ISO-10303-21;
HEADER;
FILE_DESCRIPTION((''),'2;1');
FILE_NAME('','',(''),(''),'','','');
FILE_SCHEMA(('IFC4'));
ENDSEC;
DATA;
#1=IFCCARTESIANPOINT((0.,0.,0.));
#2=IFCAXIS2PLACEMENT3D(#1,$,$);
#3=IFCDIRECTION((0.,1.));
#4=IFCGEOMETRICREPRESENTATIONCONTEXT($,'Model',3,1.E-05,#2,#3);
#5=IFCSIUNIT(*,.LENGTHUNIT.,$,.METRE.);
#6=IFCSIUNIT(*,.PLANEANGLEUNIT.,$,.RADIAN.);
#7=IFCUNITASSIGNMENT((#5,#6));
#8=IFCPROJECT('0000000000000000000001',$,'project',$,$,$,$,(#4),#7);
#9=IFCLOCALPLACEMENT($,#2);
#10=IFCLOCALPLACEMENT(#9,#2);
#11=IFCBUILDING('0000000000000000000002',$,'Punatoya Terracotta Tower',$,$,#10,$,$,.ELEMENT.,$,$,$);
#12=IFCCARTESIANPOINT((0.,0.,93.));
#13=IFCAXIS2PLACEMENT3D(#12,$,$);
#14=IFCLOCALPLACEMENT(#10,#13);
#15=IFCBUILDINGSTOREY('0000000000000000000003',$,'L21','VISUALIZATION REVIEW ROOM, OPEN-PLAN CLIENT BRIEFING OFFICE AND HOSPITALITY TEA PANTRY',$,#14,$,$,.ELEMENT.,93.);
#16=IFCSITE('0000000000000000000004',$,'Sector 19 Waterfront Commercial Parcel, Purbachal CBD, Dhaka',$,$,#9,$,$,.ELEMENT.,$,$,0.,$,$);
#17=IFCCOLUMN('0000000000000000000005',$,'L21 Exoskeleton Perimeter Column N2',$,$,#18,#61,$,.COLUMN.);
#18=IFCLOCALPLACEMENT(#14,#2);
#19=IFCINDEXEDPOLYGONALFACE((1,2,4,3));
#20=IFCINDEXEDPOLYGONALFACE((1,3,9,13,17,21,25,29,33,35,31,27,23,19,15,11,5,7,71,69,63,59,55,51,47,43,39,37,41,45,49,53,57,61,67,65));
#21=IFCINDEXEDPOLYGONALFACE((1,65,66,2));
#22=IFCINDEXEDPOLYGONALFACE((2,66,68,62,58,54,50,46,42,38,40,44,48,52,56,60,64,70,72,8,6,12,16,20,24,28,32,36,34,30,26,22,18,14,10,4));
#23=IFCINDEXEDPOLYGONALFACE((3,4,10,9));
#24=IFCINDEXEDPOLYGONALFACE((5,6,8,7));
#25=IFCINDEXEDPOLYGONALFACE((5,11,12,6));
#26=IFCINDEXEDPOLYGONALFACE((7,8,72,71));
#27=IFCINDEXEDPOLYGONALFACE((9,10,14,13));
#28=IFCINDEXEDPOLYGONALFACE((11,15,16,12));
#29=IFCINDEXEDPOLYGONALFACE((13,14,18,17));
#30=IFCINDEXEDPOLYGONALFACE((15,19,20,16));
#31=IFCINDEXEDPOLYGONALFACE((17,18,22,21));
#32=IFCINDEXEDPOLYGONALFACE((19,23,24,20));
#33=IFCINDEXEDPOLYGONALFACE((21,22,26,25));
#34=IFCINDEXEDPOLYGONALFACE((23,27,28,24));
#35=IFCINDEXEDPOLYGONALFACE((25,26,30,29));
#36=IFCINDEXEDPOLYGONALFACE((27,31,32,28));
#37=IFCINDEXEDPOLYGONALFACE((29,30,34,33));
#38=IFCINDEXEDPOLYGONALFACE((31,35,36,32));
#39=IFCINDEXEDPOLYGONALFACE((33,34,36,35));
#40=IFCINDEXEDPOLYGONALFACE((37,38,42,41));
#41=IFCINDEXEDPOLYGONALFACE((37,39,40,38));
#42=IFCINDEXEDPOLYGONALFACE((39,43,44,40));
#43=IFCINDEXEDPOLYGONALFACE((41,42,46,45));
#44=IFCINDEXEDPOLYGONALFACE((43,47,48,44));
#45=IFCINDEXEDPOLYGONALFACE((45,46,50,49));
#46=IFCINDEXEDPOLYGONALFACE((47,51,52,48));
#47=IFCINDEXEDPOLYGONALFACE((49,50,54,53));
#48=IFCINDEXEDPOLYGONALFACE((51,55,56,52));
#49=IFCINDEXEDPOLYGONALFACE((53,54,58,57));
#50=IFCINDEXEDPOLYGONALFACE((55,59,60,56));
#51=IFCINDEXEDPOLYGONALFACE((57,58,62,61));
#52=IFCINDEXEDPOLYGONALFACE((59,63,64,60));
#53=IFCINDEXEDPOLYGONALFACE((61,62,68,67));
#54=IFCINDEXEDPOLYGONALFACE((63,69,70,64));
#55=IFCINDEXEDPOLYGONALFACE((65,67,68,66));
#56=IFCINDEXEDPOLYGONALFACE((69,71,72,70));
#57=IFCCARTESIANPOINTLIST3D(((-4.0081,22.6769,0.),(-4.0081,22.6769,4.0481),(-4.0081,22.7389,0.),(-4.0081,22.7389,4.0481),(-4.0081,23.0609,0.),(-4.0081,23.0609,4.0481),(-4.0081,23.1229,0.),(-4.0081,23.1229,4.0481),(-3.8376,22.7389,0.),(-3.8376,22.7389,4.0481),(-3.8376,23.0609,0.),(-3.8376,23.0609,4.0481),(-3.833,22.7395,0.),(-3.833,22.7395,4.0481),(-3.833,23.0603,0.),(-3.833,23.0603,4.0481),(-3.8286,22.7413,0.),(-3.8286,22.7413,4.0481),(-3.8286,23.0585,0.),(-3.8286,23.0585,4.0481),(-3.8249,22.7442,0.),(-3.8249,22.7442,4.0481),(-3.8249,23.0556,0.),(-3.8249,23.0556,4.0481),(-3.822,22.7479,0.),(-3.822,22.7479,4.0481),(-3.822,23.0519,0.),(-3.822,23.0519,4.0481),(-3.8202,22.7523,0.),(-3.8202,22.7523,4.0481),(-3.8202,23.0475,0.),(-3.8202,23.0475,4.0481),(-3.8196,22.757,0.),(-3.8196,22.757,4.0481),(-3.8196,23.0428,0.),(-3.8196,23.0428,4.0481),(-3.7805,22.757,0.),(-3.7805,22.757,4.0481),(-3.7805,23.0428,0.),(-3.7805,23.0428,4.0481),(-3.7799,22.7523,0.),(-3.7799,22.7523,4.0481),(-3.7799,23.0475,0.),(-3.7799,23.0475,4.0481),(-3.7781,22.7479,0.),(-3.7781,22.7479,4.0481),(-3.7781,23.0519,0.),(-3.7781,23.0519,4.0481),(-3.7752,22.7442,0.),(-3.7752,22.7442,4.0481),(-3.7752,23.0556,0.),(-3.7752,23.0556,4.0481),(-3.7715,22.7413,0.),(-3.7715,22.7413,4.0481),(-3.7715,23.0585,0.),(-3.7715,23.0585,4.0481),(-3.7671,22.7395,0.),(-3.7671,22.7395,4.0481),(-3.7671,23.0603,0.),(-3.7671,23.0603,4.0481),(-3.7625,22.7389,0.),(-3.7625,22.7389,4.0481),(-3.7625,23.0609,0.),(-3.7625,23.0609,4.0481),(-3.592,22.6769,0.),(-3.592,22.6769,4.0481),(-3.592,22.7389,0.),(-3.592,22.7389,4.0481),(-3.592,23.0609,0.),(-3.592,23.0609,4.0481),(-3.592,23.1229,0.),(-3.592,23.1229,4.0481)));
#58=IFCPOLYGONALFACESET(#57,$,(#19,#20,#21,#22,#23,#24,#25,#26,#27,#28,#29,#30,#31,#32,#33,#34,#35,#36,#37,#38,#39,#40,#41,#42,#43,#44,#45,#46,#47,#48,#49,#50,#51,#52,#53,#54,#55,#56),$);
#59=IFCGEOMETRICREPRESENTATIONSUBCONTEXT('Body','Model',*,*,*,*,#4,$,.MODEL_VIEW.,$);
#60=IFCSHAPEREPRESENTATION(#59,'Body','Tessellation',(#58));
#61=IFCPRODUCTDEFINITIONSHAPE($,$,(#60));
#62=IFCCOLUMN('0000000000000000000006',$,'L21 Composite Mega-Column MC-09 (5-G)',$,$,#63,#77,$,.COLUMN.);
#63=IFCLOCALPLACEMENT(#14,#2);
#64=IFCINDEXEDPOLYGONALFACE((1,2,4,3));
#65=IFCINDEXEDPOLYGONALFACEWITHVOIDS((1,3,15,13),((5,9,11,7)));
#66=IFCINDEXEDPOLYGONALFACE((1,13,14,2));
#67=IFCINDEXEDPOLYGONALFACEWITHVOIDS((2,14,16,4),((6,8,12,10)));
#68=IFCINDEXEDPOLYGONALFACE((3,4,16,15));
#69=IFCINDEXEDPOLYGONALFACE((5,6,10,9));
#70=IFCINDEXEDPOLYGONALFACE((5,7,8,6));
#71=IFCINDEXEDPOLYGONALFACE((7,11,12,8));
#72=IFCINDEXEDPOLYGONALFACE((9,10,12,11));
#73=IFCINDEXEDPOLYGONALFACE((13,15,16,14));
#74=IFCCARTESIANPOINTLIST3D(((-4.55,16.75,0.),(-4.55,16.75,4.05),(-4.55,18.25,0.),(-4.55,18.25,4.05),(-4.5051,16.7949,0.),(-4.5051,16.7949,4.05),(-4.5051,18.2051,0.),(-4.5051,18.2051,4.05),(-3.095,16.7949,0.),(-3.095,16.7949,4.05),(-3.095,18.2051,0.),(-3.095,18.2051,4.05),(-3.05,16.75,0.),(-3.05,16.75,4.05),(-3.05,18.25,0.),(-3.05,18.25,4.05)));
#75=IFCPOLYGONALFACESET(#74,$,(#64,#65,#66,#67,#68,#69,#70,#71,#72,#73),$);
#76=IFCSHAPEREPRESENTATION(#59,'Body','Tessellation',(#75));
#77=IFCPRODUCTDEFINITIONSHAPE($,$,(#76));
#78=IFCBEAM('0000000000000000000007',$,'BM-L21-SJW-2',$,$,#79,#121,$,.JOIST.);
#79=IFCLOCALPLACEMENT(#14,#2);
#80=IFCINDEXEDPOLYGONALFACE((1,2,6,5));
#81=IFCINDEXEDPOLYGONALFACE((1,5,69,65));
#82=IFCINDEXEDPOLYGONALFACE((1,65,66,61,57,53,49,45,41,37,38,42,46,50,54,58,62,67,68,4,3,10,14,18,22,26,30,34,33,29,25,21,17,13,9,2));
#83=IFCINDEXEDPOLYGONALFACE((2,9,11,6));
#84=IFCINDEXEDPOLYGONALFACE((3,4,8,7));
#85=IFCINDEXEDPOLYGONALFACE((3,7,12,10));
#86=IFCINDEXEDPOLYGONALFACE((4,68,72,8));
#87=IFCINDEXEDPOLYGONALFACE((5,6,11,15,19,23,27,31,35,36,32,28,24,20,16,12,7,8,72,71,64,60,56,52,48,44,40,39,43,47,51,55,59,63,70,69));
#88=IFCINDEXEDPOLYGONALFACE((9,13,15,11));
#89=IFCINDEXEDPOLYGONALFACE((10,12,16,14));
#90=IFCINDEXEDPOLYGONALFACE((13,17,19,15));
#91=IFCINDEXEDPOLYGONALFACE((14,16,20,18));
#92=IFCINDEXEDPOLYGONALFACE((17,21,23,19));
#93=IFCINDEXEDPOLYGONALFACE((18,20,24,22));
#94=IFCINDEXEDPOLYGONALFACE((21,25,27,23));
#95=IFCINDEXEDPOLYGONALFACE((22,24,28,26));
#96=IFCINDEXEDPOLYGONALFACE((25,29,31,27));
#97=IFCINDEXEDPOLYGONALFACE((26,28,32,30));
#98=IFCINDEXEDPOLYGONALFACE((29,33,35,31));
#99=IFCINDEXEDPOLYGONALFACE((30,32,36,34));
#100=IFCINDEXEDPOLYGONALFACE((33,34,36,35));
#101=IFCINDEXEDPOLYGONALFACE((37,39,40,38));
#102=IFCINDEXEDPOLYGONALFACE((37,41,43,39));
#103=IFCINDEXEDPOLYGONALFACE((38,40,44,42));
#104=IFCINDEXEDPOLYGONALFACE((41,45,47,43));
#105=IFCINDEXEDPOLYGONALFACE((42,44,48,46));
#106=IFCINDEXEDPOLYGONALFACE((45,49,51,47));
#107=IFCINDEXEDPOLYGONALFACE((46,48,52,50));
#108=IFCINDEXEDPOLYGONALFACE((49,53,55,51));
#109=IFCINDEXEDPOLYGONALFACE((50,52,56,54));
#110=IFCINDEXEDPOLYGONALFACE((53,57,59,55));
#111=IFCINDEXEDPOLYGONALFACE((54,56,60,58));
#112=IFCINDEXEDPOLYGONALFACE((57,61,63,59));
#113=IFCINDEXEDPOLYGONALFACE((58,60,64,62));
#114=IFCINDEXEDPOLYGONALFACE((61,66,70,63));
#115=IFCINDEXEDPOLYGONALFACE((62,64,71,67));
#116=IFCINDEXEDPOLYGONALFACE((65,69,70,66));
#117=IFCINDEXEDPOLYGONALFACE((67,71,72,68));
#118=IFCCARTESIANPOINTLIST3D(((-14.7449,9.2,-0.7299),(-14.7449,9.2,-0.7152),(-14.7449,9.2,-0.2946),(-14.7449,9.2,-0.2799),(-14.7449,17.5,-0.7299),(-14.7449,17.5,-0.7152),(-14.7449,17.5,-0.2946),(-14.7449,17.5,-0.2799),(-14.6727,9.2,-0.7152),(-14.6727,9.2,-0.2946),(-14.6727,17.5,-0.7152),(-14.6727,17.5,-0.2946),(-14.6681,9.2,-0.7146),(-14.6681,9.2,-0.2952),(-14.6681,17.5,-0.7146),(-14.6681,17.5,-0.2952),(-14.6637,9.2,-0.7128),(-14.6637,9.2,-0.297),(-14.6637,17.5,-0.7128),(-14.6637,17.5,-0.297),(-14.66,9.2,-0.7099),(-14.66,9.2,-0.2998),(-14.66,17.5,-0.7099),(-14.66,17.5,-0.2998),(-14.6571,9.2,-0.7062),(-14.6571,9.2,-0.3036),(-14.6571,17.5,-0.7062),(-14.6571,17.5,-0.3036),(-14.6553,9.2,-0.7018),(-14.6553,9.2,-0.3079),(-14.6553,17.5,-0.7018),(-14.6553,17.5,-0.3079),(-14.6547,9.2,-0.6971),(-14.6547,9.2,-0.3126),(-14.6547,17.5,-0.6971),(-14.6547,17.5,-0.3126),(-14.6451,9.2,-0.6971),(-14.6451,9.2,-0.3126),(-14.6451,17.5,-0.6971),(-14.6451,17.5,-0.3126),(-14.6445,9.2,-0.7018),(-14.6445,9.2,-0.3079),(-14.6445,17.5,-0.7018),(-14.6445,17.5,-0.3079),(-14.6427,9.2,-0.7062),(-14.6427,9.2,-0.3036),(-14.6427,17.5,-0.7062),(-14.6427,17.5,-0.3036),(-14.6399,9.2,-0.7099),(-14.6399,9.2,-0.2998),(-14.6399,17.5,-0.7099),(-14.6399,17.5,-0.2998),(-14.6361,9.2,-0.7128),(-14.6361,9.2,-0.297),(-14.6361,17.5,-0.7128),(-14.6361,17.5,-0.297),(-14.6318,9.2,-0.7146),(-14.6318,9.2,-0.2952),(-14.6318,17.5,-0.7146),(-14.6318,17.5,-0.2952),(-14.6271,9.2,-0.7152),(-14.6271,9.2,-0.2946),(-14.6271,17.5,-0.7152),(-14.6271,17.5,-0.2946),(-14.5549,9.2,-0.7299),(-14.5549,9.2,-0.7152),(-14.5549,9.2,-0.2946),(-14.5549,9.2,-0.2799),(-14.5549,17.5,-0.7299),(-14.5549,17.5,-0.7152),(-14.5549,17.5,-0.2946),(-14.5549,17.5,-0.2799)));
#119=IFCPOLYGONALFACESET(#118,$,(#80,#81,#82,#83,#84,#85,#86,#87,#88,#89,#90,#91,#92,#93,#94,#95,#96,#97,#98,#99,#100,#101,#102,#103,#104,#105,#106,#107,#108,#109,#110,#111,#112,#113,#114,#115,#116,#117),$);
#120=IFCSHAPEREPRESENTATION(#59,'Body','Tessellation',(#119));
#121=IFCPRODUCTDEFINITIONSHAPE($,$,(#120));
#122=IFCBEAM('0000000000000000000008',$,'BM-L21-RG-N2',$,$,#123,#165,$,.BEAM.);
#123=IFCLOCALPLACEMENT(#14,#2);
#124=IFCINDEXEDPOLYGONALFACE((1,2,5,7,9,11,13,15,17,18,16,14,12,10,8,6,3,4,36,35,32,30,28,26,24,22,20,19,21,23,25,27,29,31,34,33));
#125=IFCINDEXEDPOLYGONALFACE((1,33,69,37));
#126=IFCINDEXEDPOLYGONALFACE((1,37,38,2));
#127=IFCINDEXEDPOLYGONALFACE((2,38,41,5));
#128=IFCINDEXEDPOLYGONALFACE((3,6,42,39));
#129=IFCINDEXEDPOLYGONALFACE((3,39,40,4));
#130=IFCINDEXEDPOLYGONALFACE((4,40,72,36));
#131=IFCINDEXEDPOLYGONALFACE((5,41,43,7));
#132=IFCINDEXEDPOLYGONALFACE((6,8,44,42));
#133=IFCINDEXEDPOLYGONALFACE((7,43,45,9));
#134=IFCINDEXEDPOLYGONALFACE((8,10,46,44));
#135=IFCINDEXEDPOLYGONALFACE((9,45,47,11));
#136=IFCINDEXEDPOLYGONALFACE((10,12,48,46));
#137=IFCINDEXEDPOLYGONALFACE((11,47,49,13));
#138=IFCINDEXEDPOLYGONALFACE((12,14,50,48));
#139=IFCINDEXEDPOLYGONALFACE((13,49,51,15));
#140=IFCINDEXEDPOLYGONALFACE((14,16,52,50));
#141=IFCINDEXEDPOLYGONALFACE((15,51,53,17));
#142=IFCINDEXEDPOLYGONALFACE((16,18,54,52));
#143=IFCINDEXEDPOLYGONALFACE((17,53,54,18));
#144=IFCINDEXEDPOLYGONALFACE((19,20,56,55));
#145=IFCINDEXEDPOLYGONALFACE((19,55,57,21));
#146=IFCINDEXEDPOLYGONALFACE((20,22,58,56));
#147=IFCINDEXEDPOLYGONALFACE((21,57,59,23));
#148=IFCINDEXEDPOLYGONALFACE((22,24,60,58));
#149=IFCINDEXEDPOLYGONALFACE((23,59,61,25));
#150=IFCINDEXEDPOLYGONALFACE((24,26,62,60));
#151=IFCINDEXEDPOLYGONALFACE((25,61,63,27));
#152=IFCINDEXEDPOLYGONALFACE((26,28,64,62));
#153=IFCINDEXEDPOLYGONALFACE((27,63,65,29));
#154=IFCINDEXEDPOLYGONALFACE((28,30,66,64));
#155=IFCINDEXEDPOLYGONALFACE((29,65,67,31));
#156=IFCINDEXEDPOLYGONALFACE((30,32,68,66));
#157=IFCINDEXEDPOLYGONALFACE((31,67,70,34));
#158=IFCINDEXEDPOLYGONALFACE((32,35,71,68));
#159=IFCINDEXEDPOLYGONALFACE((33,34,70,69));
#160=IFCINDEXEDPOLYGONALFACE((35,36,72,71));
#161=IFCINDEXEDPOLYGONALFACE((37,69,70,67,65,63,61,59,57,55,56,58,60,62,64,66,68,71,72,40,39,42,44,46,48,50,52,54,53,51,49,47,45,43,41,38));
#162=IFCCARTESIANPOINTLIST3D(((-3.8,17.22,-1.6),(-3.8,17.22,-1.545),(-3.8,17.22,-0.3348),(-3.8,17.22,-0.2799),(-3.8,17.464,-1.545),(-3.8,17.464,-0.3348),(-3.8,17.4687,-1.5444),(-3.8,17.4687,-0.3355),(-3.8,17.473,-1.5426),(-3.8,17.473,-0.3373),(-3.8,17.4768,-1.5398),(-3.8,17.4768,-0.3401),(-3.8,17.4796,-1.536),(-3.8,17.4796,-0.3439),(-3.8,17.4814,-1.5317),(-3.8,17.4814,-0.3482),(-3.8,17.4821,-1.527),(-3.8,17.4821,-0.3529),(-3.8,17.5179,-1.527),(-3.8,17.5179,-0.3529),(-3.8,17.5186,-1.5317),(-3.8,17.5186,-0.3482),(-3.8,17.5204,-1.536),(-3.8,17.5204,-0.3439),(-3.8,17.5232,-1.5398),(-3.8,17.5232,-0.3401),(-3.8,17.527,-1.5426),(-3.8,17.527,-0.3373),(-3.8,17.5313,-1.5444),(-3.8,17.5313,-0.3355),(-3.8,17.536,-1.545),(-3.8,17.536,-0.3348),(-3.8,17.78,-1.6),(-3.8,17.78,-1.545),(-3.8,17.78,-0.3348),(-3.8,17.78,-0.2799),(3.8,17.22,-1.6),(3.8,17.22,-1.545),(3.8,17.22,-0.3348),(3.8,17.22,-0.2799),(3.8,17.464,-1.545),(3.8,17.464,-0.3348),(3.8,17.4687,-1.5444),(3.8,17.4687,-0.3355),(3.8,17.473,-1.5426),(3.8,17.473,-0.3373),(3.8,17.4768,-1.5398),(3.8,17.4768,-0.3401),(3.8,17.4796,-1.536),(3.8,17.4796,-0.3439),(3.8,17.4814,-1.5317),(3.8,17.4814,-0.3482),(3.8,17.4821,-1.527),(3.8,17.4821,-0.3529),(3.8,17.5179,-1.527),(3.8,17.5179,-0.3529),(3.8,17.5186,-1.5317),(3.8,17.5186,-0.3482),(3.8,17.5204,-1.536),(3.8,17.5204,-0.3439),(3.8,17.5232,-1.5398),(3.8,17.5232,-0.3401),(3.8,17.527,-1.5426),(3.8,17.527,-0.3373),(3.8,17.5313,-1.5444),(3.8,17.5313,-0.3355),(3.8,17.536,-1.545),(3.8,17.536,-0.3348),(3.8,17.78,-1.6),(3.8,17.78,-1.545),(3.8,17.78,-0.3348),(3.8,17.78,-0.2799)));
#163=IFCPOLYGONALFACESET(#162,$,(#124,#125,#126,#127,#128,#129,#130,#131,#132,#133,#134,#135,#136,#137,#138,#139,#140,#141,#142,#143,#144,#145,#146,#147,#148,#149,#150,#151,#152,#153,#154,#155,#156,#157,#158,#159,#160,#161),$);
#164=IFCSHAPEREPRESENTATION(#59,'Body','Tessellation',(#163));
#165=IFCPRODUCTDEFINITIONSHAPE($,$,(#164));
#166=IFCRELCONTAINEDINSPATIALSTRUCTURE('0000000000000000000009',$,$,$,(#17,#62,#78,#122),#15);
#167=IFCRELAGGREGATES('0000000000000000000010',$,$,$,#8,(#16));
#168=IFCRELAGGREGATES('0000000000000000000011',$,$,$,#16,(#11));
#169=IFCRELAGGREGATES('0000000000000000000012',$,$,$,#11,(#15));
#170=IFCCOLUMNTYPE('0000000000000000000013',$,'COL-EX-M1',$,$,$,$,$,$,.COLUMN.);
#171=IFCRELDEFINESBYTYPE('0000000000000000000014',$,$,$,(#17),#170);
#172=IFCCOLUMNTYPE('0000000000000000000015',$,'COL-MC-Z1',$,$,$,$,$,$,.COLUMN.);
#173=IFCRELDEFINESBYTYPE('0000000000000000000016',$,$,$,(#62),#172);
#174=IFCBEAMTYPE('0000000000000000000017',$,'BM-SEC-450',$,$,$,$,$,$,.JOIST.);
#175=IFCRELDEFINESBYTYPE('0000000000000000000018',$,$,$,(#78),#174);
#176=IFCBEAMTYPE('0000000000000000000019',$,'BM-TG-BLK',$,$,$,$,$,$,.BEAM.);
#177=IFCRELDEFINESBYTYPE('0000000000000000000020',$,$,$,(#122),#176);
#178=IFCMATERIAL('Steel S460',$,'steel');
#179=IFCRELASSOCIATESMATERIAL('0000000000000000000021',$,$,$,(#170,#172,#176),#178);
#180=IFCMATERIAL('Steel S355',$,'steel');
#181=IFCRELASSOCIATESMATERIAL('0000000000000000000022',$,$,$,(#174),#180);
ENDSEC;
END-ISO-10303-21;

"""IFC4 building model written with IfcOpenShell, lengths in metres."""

from ifc_helpers import new_model, si_unit, direction, frame, origin, origin_2d, place, context, subcontext, project, spatial, hollow_rectangle, i_section, extrude, material, material_profile, profile_set, type_object, element, save


model = new_model("IFC4")

# Units and contexts
model_context = context("Model", 3, precision=1e-05, world=origin(), true_north=direction((0.0, 1.0)))
body_context = subcontext(model_context, "Body", "Model", "MODEL_VIEW")
ifc_project = project(units=[si_unit("LENGTHUNIT", "METRE"), si_unit("PLANEANGLEUNIT", "RADIAN")], contexts=[model_context])

# Site, building, storey
site_placement = place(None, origin())
site = spatial("IfcSite", under=ifc_project, at=site_placement, Name="Sector 19 Waterfront Commercial Parcel, Purbachal CBD, Dhaka", CompositionType="ELEMENT", RefElevation=0.0)
building_placement = place(site_placement, origin())
building = spatial("IfcBuilding", under=site, at=building_placement, Name="Punatoya Terracotta Tower", CompositionType="ELEMENT")
storey_placement = place(building_placement, frame((0.0, 0.0, 93.0)))
storey = spatial("IfcBuildingStorey", under=building, at=storey_placement, Name="L21", Description="VISUALIZATION REVIEW ROOM, OPEN-PLAN CLIENT BRIEFING OFFICE AND HOSPITALITY TEA PANTRY", CompositionType="ELEMENT", Elevation=93.0)

# Columns
ifc_material_1 = material(Name="Steel S460", Category="steel")
ifc_material_profile_1 = material_profile(ifc_material_1, i_section(OverallWidth=0.416, OverallDepth=0.446, WebThickness=0.0391, FlangeThickness=0.062, FilletRadius=0.0181, at=origin_2d()))
ifc_profile_set_1 = profile_set([ifc_material_profile_1], Name="Steel S460")
column_type_1 = type_object("IfcColumnType", Name="COL-EX-M1", PredefinedType="COLUMN", material=ifc_profile_set_1)
column_1_placement = place(storey_placement, frame((-3.8, 22.8999, 0.0), z_axis=(0.0, 0.0, 1.0), x_axis=(1.0, 0.0, 0.0)))
element("IfcColumn", 1, at=column_1_placement, inside=storey, type_object=column_type_1, Name="L21 Exoskeleton Perimeter Column N2", PredefinedType="COLUMN", context=body_context, shape_type="SweptSolid", body=[
    extrude(i_section(OverallWidth=0.416, OverallDepth=0.446, WebThickness=0.0391, FlangeThickness=0.062, FilletRadius=0.0181, at=origin_2d()), origin(), (0.0, 0.0, 1.0), 4.0481),
])
ifc_material_profile_2 = material_profile(ifc_material_1, hollow_rectangle(XDim=1.5, YDim=1.5, WallThickness=0.0449, at=origin_2d()))
ifc_profile_set_2 = profile_set([ifc_material_profile_2], Name="Steel S460")
column_type_2 = type_object("IfcColumnType", Name="COL-MC-Z1", PredefinedType="COLUMN", material=ifc_profile_set_2)
column_2_placement = place(storey_placement, frame((-3.8, 17.5, 0.0), z_axis=(0.0, 0.0, 1.0), x_axis=(1.0, 0.0, 0.0)))
element("IfcColumn", 2, at=column_2_placement, inside=storey, type_object=column_type_2, Name="L21 Composite Mega-Column MC-09 (5-G)", PredefinedType="COLUMN", context=body_context, shape_type="SweptSolid", body=[
    extrude(hollow_rectangle(XDim=1.5, YDim=1.5, WallThickness=0.0449, at=origin_2d()), origin(), (0.0, 0.0, 1.0), 4.05),
])

# Beams
ifc_material_2 = material(Name="Steel S355", Category="steel")
ifc_material_profile_3 = material_profile(ifc_material_2, i_section(OverallWidth=0.1899, OverallDepth=0.45, WebThickness=0.0095, FlangeThickness=0.0146, FilletRadius=0.0181, at=origin_2d()))
ifc_profile_set_3 = profile_set([ifc_material_profile_3], Name="Steel S355")
beam_type_1 = type_object("IfcBeamType", Name="BM-SEC-450", PredefinedType="JOIST", material=ifc_profile_set_3)
beam_1_placement = place(storey_placement, frame((-14.6499, 9.2, -0.5049), z_axis=(0.0, 1.0, 0.0), x_axis=(-1.0, 0.0, 0.0)))
element("IfcBeam", 3, at=beam_1_placement, inside=storey, type_object=beam_type_1, Name="BM-L21-SJW-2", PredefinedType="JOIST", context=body_context, shape_type="SweptSolid", body=[
    extrude(i_section(OverallWidth=0.1899, OverallDepth=0.45, WebThickness=0.0095, FlangeThickness=0.0146, FilletRadius=0.0181, at=origin_2d()), origin(), (0.0, 0.0, 1.0), 8.3),
])
ifc_material_profile_4 = material_profile(ifc_material_1, i_section(OverallWidth=0.5601, OverallDepth=1.3201, WebThickness=0.0359, FlangeThickness=0.0549, FilletRadius=0.0181, at=origin_2d()))
ifc_profile_set_4 = profile_set([ifc_material_profile_4], Name="Steel S460")
beam_type_2 = type_object("IfcBeamType", Name="BM-TG-BLK", PredefinedType="BEAM", material=ifc_profile_set_4)
beam_2_placement = place(storey_placement, frame((-3.8, 17.5, -0.9399), z_axis=(1.0, 0.0, 0.0), x_axis=(0.0, 1.0, 0.0)))
element("IfcBeam", 4, at=beam_2_placement, inside=storey, type_object=beam_type_2, Name="BM-L21-RG-N2", PredefinedType="BEAM", context=body_context, shape_type="SweptSolid", body=[
    extrude(i_section(OverallWidth=0.5601, OverallDepth=1.3201, WebThickness=0.0359, FlangeThickness=0.0549, FilletRadius=0.0181, at=origin_2d()), origin(), (0.0, 0.0, 1.0), 7.6001),
])

save(model, "model.ifc")
